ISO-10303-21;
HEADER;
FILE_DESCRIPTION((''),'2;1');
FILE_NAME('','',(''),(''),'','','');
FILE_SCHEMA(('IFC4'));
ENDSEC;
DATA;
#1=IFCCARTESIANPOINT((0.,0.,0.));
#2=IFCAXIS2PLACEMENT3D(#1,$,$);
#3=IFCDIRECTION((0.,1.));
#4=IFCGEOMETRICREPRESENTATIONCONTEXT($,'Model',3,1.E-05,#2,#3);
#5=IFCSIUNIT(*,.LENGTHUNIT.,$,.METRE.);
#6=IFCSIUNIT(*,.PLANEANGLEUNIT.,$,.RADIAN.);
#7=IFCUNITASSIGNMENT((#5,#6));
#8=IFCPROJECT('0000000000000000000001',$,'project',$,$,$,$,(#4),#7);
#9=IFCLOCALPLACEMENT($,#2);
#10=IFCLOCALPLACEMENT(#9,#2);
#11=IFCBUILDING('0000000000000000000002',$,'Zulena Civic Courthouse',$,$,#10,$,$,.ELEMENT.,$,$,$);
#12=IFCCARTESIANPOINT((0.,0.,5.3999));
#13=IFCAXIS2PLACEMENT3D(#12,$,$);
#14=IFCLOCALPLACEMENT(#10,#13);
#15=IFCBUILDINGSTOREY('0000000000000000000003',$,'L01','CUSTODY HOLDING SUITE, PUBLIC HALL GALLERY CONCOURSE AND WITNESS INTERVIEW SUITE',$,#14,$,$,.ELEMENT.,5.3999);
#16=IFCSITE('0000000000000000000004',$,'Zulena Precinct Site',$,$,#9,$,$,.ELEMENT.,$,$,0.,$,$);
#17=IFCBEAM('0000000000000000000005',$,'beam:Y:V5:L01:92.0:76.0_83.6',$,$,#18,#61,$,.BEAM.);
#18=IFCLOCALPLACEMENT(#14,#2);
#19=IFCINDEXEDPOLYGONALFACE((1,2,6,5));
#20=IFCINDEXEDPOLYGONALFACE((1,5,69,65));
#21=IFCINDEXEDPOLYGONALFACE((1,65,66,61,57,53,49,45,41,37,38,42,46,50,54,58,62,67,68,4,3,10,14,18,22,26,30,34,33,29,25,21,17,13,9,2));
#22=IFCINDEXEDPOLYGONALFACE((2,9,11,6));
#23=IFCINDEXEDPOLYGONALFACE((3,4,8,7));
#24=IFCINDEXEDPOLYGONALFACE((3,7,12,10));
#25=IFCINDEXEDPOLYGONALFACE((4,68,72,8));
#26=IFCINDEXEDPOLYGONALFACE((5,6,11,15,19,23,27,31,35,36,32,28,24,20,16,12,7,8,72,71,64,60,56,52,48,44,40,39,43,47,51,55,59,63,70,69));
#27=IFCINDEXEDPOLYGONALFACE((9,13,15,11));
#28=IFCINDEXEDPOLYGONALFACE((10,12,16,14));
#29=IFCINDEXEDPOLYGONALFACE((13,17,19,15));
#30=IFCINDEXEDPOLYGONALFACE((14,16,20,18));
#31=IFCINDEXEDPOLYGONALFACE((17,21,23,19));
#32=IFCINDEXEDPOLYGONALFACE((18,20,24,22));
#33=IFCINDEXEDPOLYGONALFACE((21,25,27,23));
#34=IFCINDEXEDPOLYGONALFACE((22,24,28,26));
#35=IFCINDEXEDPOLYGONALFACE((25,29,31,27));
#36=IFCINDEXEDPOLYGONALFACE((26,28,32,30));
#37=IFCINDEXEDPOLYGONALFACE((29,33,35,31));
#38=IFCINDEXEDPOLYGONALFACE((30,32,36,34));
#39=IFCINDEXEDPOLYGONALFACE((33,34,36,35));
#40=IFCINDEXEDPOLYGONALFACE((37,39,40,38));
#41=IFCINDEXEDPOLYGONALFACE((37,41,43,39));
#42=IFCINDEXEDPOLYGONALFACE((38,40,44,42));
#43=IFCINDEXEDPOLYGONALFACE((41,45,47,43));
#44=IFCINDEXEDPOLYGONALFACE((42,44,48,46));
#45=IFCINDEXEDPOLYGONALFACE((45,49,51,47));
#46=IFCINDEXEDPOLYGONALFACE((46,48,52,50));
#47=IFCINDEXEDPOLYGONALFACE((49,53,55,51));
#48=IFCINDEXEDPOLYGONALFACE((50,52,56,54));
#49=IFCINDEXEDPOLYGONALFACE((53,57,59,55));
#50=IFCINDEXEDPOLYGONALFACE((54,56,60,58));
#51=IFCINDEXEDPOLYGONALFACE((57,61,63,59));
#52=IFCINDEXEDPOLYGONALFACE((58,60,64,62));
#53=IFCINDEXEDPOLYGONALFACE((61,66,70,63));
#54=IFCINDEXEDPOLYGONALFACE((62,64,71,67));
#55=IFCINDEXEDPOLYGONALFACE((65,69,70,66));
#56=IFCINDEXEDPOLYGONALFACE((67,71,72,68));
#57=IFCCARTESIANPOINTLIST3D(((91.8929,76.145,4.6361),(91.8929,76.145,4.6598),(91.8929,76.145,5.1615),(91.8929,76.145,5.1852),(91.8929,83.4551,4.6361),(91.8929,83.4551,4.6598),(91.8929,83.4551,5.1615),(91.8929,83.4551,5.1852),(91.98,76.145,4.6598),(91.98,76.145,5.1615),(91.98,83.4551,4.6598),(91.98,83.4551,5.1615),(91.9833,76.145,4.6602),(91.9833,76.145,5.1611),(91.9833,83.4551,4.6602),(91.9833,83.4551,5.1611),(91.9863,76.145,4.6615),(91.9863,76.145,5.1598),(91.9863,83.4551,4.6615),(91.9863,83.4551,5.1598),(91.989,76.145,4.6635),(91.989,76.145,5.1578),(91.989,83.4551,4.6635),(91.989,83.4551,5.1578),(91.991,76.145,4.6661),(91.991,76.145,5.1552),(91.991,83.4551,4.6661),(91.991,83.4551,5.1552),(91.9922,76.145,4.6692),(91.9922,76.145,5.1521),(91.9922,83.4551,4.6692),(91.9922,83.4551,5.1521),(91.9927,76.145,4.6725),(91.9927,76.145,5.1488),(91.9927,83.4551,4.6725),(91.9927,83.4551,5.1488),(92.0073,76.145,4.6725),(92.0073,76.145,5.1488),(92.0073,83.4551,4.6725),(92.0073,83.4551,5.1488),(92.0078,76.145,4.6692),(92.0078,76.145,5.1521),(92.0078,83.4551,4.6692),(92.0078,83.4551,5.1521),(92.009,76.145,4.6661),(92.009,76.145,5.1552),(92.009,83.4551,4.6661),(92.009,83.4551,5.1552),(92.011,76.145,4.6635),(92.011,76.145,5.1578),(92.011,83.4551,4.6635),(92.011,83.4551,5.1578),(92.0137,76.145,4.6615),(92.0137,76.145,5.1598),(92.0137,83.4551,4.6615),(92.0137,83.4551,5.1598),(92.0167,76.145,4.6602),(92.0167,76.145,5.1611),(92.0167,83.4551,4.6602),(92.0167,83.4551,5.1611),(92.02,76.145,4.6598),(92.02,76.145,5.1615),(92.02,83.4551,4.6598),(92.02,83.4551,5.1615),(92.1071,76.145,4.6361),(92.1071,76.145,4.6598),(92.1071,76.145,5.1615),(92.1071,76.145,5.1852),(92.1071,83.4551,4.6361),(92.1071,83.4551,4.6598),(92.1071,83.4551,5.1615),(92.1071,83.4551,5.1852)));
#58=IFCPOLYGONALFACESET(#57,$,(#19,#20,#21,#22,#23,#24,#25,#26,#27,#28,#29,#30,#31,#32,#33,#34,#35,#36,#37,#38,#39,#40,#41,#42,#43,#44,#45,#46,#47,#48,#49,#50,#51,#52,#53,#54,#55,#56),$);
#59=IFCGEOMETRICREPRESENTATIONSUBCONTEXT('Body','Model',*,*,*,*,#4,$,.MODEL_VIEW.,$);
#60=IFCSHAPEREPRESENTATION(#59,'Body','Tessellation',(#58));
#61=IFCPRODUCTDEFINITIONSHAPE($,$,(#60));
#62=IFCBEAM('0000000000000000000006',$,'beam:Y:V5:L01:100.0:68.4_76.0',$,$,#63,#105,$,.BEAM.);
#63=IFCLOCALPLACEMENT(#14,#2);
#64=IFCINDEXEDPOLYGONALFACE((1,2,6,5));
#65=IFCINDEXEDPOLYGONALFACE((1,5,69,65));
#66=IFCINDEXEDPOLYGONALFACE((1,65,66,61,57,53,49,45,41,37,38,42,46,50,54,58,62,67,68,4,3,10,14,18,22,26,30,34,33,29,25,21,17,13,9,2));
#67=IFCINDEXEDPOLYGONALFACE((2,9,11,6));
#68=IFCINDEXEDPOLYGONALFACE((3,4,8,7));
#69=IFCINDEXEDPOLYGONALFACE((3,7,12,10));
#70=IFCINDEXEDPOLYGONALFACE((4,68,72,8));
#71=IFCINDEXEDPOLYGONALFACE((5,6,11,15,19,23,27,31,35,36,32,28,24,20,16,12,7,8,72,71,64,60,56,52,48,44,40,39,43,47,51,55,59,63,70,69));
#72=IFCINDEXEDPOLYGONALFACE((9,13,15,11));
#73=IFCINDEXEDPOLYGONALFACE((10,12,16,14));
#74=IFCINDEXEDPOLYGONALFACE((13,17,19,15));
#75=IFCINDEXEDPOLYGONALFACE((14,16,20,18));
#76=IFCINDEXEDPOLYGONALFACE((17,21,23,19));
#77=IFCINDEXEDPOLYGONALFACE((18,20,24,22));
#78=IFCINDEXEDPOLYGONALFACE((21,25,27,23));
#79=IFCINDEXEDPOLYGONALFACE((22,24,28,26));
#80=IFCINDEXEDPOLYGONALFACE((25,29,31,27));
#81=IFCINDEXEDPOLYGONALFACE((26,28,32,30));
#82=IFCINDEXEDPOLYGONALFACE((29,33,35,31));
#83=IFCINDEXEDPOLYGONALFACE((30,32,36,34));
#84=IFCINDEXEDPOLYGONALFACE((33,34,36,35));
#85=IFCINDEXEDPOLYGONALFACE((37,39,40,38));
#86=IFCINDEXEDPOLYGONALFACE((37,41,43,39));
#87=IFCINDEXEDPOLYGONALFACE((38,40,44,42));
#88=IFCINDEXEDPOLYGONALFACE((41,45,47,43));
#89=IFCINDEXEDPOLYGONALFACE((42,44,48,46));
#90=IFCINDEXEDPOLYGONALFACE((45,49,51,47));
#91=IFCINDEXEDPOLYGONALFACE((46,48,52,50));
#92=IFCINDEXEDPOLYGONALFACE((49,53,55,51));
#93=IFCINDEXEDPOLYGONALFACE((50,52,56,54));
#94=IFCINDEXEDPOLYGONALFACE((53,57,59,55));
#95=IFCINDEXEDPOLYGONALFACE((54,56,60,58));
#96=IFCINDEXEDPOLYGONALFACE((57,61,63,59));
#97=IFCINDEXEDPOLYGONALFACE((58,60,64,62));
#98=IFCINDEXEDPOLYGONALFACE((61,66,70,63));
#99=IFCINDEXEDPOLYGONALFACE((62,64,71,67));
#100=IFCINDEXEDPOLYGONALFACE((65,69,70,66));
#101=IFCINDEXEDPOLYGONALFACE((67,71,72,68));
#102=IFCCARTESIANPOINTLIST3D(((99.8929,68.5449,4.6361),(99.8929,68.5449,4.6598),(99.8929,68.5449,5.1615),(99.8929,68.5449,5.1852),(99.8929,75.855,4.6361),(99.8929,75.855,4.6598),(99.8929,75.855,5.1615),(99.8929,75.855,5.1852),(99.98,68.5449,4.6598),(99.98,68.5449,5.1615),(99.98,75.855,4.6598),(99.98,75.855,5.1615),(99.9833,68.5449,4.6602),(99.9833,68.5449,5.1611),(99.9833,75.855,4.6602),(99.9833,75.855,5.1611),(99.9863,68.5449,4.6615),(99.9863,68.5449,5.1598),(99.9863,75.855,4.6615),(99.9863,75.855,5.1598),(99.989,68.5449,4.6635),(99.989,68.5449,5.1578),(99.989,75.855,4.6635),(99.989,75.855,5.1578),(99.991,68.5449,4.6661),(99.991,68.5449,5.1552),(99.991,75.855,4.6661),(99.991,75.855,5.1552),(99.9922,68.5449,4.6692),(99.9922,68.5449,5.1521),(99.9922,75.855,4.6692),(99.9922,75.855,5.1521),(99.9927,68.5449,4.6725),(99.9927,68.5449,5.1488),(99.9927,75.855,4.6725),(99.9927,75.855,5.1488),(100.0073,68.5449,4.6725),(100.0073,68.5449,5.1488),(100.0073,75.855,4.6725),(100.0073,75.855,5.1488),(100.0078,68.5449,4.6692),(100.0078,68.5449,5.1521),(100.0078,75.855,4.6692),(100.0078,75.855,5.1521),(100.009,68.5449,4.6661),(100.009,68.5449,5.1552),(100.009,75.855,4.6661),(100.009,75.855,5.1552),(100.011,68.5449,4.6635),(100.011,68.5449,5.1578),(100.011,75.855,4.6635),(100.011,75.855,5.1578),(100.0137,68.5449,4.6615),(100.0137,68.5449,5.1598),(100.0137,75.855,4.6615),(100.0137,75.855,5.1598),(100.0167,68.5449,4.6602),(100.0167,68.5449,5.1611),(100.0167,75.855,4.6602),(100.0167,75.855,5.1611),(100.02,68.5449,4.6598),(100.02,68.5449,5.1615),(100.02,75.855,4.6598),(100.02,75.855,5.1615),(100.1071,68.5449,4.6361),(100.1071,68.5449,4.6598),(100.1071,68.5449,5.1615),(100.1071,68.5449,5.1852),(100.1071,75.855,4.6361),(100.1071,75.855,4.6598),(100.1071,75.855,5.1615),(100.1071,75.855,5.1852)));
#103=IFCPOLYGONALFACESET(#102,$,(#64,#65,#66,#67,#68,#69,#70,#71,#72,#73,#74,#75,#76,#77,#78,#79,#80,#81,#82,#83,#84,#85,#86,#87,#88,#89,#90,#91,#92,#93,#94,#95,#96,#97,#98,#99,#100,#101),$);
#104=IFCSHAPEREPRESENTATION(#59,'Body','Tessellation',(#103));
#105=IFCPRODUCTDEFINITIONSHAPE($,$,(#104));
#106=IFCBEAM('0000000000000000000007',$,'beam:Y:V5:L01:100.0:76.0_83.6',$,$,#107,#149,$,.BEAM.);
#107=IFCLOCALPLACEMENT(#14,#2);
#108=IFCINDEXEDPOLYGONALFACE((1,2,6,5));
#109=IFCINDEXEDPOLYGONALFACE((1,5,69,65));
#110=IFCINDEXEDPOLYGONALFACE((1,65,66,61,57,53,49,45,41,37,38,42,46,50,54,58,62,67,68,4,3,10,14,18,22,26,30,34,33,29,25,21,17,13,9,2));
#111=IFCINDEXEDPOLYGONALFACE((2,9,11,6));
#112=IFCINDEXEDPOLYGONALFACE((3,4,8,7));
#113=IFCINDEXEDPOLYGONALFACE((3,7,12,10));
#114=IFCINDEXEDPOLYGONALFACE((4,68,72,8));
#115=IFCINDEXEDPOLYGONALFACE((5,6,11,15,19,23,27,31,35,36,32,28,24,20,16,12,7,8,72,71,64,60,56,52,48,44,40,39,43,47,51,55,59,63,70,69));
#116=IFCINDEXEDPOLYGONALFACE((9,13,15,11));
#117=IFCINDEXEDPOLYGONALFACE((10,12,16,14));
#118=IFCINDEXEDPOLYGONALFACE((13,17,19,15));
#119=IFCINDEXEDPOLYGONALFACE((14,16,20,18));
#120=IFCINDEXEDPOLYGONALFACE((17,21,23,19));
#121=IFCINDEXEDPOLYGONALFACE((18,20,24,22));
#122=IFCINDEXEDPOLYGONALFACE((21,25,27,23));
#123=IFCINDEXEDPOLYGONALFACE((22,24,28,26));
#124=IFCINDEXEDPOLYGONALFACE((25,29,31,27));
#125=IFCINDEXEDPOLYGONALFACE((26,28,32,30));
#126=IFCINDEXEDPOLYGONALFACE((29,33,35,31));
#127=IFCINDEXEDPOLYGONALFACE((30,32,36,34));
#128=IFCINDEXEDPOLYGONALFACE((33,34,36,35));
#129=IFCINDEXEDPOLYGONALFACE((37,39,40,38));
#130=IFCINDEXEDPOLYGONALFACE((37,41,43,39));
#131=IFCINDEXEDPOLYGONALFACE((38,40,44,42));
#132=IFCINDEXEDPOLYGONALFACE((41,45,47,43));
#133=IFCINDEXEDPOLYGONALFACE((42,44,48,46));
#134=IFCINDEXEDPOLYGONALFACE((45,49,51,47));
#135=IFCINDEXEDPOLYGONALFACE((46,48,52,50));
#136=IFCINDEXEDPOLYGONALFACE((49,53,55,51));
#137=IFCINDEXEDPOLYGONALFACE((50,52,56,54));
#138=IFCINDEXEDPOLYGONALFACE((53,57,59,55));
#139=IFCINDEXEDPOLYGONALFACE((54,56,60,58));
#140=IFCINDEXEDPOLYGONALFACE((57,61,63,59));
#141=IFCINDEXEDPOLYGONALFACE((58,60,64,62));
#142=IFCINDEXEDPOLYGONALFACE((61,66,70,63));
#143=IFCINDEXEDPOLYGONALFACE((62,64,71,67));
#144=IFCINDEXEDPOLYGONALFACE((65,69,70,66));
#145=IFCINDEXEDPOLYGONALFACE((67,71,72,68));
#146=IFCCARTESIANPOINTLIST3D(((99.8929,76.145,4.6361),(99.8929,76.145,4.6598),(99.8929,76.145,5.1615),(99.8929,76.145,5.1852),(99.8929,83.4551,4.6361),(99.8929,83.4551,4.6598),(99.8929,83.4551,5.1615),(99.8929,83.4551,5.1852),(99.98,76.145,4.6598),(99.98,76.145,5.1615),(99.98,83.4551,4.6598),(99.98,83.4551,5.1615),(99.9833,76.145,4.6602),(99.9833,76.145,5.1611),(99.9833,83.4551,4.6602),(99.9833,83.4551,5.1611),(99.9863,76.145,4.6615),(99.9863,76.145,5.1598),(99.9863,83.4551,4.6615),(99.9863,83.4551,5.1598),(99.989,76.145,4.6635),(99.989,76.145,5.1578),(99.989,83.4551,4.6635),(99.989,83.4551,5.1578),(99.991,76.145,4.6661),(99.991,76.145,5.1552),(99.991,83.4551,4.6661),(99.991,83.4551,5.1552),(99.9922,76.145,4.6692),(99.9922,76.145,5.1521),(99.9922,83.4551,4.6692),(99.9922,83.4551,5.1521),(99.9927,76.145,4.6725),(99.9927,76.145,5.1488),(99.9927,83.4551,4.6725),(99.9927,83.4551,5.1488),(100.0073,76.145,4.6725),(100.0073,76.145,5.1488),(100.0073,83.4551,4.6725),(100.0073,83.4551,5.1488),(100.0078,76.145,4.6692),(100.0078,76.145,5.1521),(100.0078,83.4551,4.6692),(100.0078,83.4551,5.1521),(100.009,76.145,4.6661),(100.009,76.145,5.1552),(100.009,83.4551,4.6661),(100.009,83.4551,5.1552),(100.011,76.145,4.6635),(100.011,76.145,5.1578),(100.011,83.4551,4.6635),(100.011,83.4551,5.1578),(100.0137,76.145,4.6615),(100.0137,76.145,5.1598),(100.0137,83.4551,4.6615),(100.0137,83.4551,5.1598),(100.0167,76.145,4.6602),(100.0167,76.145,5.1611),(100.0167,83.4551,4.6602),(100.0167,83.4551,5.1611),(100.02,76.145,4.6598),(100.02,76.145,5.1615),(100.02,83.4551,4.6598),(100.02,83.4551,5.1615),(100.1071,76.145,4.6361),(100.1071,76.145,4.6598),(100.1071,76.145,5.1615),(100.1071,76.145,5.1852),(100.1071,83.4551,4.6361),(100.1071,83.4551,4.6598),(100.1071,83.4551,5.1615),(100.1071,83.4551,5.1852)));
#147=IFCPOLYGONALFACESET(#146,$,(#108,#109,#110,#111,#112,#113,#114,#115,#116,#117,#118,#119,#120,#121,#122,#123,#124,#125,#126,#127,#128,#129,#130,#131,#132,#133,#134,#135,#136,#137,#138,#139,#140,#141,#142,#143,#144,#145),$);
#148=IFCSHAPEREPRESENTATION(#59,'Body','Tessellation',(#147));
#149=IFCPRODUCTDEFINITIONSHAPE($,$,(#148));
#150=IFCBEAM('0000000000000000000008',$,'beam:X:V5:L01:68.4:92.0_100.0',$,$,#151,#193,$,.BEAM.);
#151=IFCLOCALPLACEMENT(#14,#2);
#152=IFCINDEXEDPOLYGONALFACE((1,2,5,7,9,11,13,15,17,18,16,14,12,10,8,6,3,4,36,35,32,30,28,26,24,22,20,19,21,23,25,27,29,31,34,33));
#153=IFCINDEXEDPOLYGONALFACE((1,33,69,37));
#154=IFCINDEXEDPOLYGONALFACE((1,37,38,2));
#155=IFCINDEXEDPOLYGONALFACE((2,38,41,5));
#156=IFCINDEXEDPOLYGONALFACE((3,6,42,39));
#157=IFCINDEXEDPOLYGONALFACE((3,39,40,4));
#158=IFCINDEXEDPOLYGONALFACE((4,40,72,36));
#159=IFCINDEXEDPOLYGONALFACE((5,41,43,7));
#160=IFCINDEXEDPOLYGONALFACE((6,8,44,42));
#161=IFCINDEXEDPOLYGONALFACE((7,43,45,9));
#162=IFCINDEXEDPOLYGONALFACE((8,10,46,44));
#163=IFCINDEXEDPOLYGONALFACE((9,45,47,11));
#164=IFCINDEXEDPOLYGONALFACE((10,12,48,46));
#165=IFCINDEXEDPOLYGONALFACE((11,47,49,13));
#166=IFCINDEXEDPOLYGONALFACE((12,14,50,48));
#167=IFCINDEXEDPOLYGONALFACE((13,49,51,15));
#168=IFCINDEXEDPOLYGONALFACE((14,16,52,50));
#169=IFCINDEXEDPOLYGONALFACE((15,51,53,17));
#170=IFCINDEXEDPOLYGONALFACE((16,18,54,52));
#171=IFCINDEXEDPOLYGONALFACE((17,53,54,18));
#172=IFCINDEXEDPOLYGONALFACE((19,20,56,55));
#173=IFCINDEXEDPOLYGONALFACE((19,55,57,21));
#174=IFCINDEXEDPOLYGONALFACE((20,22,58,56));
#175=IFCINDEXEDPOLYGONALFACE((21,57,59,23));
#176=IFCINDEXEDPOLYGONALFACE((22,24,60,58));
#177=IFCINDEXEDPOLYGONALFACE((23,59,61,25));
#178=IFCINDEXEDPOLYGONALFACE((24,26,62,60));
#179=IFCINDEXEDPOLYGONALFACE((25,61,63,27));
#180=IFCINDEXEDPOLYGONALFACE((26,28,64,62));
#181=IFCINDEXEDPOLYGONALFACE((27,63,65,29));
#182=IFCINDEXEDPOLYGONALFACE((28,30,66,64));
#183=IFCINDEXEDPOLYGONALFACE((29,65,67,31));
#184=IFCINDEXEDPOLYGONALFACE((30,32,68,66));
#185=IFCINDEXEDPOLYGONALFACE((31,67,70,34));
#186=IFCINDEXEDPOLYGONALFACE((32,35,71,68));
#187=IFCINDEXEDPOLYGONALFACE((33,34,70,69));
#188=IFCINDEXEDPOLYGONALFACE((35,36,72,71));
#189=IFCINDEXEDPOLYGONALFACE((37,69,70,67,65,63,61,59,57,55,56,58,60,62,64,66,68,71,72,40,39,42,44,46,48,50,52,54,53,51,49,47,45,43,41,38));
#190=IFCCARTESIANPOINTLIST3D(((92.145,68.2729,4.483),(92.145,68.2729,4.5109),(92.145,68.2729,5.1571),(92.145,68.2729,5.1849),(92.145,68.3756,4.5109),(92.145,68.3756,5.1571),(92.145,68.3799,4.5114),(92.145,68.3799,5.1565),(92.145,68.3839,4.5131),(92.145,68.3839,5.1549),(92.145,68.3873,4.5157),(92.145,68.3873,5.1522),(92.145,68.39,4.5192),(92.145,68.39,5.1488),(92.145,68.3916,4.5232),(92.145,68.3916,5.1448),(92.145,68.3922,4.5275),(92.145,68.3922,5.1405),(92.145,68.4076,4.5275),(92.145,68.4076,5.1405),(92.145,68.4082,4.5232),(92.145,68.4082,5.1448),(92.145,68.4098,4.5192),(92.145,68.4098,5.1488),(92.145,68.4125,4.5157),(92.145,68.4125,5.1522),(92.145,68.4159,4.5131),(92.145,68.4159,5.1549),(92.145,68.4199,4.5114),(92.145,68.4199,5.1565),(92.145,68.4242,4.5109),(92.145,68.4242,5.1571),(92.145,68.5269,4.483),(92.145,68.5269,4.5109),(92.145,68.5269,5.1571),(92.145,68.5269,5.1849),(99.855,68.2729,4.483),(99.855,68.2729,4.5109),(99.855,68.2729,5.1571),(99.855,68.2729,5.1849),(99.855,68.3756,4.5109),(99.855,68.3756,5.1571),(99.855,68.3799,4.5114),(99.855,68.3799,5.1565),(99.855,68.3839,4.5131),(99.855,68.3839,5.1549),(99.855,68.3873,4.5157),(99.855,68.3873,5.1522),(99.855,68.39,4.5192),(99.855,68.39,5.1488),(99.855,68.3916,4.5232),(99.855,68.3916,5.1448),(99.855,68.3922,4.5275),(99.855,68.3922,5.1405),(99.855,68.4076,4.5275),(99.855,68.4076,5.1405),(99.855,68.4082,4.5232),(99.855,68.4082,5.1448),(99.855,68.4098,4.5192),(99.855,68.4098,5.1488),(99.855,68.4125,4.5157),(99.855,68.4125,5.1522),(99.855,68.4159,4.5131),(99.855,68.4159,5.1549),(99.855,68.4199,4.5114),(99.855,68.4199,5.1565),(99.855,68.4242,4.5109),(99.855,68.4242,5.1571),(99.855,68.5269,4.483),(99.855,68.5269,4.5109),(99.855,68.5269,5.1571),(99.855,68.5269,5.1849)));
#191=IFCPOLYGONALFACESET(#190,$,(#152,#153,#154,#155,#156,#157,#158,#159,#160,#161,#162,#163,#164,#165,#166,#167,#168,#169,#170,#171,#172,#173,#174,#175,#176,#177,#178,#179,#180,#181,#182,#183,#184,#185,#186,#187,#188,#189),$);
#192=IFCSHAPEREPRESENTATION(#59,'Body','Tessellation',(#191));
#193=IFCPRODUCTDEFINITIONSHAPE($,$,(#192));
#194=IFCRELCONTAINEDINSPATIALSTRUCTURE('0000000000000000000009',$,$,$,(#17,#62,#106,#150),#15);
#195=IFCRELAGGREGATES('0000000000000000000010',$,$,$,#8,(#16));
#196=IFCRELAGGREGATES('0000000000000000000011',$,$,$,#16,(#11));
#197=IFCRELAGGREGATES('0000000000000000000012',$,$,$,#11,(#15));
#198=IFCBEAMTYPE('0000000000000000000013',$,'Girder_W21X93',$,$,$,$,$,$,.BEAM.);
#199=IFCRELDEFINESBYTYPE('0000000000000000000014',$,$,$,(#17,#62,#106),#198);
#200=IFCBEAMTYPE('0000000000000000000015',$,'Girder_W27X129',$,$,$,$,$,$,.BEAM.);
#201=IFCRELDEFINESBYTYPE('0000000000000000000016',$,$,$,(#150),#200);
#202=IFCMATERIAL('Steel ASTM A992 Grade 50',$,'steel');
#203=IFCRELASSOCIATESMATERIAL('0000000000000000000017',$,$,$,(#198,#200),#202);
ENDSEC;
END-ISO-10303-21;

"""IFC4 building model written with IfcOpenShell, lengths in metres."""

from ifc_helpers import new_model, si_unit, direction, frame, origin, origin_2d, place, context, subcontext, project, spatial, i_section, extrude, material, material_profile, profile_set, type_object, element, save


model = new_model("IFC4")

# Units and contexts
model_context = context("Model", 3, precision=1e-05, world=origin(), true_north=direction((0.0, 1.0)))
body_context = subcontext(model_context, "Body", "Model", "MODEL_VIEW")
ifc_project = project(units=[si_unit("LENGTHUNIT", "METRE"), si_unit("PLANEANGLEUNIT", "RADIAN")], contexts=[model_context])

# Site, building, storey
site_placement = place(None, origin())
site = spatial("IfcSite", under=ifc_project, at=site_placement, Name="Zulena Precinct Site", CompositionType="ELEMENT", RefElevation=0.0)
building_placement = place(site_placement, origin())
building = spatial("IfcBuilding", under=site, at=building_placement, Name="Zulena Civic Courthouse", CompositionType="ELEMENT")
storey_placement = place(building_placement, frame((0.0, 0.0, 5.3999)))
storey = spatial("IfcBuildingStorey", under=building, at=storey_placement, Name="L01", Description="CUSTODY HOLDING SUITE, PUBLIC HALL GALLERY CONCOURSE AND WITNESS INTERVIEW SUITE", CompositionType="ELEMENT", Elevation=5.3999)

# Shared definitions
ifc_material_1 = material(Name="Steel ASTM A992 Grade 50", Category="steel")

# Beams
ifc_material_profile_1 = material_profile(ifc_material_1, i_section(OverallWidth=0.2141, OverallDepth=0.5491, WebThickness=0.0146, FlangeThickness=0.0237, FilletRadius=0.0127, at=origin_2d()), Name="W21X93")
ifc_profile_set_1 = profile_set([ifc_material_profile_1], Name="Steel ASTM A992 Grade 50")
beam_type_1 = type_object("IfcBeamType", Name="Girder_W21X93", PredefinedType="BEAM", material=ifc_profile_set_1)
for number, where, z_axis, x_axis, name in (
    (1, (92.0, 76.145, 4.9106), (0.0, 1.0, 0.0), (-1.0, 0.0, 0.0), "beam:Y:V5:L01:92.0:76.0_83.6"),
    (2, (100.0, 68.5449, 4.9106), (0.0, 1.0, 0.0), (-1.0, 0.0, 0.0), "beam:Y:V5:L01:100.0:68.4_76.0"),
    (3, (100.0, 76.145, 4.9106), (0.0, 1.0, 0.0), (-1.0, 0.0, 0.0), "beam:Y:V5:L01:100.0:76.0_83.6"),
):
    element("IfcBeam", number, at=place(storey_placement, frame(where, z_axis=z_axis, x_axis=x_axis)), inside=storey, type_object=beam_type_1, Name=name, PredefinedType="BEAM", context=body_context, shape_type="SweptSolid", body=[
        extrude(i_section(OverallWidth=0.2141, OverallDepth=0.5491, WebThickness=0.0146, FlangeThickness=0.0237, FilletRadius=0.0127, at=origin_2d()), origin(), (0.0, 0.0, 1.0), 7.3101),
    ])
ifc_material_profile_2 = material_profile(ifc_material_1, i_section(OverallWidth=0.2539, OverallDepth=0.7019, WebThickness=0.0154, FlangeThickness=0.0278, FilletRadius=0.0166, at=origin_2d()), Name="W27X129")
ifc_profile_set_2 = profile_set([ifc_material_profile_2], Name="Steel ASTM A992 Grade 50")
beam_type_2 = type_object("IfcBeamType", Name="Girder_W27X129", PredefinedType="BEAM", material=ifc_profile_set_2)
for number, where, z_axis, x_axis, name in (
    (4, (92.145, 68.3999, 4.834), (1.0, 0.0, 0.0), (0.0, 1.0, 0.0), "beam:X:V5:L01:68.4:92.0_100.0"),
):
    element("IfcBeam", number, at=place(storey_placement, frame(where, z_axis=z_axis, x_axis=x_axis)), inside=storey, type_object=beam_type_2, Name=name, PredefinedType="BEAM", context=body_context, shape_type="SweptSolid", body=[
        extrude(i_section(OverallWidth=0.2539, OverallDepth=0.7019, WebThickness=0.0154, FlangeThickness=0.0278, FilletRadius=0.0166, at=origin_2d()), origin(), (0.0, 0.0, 1.0), 7.71),
    ])

save(model, "model.ifc")
